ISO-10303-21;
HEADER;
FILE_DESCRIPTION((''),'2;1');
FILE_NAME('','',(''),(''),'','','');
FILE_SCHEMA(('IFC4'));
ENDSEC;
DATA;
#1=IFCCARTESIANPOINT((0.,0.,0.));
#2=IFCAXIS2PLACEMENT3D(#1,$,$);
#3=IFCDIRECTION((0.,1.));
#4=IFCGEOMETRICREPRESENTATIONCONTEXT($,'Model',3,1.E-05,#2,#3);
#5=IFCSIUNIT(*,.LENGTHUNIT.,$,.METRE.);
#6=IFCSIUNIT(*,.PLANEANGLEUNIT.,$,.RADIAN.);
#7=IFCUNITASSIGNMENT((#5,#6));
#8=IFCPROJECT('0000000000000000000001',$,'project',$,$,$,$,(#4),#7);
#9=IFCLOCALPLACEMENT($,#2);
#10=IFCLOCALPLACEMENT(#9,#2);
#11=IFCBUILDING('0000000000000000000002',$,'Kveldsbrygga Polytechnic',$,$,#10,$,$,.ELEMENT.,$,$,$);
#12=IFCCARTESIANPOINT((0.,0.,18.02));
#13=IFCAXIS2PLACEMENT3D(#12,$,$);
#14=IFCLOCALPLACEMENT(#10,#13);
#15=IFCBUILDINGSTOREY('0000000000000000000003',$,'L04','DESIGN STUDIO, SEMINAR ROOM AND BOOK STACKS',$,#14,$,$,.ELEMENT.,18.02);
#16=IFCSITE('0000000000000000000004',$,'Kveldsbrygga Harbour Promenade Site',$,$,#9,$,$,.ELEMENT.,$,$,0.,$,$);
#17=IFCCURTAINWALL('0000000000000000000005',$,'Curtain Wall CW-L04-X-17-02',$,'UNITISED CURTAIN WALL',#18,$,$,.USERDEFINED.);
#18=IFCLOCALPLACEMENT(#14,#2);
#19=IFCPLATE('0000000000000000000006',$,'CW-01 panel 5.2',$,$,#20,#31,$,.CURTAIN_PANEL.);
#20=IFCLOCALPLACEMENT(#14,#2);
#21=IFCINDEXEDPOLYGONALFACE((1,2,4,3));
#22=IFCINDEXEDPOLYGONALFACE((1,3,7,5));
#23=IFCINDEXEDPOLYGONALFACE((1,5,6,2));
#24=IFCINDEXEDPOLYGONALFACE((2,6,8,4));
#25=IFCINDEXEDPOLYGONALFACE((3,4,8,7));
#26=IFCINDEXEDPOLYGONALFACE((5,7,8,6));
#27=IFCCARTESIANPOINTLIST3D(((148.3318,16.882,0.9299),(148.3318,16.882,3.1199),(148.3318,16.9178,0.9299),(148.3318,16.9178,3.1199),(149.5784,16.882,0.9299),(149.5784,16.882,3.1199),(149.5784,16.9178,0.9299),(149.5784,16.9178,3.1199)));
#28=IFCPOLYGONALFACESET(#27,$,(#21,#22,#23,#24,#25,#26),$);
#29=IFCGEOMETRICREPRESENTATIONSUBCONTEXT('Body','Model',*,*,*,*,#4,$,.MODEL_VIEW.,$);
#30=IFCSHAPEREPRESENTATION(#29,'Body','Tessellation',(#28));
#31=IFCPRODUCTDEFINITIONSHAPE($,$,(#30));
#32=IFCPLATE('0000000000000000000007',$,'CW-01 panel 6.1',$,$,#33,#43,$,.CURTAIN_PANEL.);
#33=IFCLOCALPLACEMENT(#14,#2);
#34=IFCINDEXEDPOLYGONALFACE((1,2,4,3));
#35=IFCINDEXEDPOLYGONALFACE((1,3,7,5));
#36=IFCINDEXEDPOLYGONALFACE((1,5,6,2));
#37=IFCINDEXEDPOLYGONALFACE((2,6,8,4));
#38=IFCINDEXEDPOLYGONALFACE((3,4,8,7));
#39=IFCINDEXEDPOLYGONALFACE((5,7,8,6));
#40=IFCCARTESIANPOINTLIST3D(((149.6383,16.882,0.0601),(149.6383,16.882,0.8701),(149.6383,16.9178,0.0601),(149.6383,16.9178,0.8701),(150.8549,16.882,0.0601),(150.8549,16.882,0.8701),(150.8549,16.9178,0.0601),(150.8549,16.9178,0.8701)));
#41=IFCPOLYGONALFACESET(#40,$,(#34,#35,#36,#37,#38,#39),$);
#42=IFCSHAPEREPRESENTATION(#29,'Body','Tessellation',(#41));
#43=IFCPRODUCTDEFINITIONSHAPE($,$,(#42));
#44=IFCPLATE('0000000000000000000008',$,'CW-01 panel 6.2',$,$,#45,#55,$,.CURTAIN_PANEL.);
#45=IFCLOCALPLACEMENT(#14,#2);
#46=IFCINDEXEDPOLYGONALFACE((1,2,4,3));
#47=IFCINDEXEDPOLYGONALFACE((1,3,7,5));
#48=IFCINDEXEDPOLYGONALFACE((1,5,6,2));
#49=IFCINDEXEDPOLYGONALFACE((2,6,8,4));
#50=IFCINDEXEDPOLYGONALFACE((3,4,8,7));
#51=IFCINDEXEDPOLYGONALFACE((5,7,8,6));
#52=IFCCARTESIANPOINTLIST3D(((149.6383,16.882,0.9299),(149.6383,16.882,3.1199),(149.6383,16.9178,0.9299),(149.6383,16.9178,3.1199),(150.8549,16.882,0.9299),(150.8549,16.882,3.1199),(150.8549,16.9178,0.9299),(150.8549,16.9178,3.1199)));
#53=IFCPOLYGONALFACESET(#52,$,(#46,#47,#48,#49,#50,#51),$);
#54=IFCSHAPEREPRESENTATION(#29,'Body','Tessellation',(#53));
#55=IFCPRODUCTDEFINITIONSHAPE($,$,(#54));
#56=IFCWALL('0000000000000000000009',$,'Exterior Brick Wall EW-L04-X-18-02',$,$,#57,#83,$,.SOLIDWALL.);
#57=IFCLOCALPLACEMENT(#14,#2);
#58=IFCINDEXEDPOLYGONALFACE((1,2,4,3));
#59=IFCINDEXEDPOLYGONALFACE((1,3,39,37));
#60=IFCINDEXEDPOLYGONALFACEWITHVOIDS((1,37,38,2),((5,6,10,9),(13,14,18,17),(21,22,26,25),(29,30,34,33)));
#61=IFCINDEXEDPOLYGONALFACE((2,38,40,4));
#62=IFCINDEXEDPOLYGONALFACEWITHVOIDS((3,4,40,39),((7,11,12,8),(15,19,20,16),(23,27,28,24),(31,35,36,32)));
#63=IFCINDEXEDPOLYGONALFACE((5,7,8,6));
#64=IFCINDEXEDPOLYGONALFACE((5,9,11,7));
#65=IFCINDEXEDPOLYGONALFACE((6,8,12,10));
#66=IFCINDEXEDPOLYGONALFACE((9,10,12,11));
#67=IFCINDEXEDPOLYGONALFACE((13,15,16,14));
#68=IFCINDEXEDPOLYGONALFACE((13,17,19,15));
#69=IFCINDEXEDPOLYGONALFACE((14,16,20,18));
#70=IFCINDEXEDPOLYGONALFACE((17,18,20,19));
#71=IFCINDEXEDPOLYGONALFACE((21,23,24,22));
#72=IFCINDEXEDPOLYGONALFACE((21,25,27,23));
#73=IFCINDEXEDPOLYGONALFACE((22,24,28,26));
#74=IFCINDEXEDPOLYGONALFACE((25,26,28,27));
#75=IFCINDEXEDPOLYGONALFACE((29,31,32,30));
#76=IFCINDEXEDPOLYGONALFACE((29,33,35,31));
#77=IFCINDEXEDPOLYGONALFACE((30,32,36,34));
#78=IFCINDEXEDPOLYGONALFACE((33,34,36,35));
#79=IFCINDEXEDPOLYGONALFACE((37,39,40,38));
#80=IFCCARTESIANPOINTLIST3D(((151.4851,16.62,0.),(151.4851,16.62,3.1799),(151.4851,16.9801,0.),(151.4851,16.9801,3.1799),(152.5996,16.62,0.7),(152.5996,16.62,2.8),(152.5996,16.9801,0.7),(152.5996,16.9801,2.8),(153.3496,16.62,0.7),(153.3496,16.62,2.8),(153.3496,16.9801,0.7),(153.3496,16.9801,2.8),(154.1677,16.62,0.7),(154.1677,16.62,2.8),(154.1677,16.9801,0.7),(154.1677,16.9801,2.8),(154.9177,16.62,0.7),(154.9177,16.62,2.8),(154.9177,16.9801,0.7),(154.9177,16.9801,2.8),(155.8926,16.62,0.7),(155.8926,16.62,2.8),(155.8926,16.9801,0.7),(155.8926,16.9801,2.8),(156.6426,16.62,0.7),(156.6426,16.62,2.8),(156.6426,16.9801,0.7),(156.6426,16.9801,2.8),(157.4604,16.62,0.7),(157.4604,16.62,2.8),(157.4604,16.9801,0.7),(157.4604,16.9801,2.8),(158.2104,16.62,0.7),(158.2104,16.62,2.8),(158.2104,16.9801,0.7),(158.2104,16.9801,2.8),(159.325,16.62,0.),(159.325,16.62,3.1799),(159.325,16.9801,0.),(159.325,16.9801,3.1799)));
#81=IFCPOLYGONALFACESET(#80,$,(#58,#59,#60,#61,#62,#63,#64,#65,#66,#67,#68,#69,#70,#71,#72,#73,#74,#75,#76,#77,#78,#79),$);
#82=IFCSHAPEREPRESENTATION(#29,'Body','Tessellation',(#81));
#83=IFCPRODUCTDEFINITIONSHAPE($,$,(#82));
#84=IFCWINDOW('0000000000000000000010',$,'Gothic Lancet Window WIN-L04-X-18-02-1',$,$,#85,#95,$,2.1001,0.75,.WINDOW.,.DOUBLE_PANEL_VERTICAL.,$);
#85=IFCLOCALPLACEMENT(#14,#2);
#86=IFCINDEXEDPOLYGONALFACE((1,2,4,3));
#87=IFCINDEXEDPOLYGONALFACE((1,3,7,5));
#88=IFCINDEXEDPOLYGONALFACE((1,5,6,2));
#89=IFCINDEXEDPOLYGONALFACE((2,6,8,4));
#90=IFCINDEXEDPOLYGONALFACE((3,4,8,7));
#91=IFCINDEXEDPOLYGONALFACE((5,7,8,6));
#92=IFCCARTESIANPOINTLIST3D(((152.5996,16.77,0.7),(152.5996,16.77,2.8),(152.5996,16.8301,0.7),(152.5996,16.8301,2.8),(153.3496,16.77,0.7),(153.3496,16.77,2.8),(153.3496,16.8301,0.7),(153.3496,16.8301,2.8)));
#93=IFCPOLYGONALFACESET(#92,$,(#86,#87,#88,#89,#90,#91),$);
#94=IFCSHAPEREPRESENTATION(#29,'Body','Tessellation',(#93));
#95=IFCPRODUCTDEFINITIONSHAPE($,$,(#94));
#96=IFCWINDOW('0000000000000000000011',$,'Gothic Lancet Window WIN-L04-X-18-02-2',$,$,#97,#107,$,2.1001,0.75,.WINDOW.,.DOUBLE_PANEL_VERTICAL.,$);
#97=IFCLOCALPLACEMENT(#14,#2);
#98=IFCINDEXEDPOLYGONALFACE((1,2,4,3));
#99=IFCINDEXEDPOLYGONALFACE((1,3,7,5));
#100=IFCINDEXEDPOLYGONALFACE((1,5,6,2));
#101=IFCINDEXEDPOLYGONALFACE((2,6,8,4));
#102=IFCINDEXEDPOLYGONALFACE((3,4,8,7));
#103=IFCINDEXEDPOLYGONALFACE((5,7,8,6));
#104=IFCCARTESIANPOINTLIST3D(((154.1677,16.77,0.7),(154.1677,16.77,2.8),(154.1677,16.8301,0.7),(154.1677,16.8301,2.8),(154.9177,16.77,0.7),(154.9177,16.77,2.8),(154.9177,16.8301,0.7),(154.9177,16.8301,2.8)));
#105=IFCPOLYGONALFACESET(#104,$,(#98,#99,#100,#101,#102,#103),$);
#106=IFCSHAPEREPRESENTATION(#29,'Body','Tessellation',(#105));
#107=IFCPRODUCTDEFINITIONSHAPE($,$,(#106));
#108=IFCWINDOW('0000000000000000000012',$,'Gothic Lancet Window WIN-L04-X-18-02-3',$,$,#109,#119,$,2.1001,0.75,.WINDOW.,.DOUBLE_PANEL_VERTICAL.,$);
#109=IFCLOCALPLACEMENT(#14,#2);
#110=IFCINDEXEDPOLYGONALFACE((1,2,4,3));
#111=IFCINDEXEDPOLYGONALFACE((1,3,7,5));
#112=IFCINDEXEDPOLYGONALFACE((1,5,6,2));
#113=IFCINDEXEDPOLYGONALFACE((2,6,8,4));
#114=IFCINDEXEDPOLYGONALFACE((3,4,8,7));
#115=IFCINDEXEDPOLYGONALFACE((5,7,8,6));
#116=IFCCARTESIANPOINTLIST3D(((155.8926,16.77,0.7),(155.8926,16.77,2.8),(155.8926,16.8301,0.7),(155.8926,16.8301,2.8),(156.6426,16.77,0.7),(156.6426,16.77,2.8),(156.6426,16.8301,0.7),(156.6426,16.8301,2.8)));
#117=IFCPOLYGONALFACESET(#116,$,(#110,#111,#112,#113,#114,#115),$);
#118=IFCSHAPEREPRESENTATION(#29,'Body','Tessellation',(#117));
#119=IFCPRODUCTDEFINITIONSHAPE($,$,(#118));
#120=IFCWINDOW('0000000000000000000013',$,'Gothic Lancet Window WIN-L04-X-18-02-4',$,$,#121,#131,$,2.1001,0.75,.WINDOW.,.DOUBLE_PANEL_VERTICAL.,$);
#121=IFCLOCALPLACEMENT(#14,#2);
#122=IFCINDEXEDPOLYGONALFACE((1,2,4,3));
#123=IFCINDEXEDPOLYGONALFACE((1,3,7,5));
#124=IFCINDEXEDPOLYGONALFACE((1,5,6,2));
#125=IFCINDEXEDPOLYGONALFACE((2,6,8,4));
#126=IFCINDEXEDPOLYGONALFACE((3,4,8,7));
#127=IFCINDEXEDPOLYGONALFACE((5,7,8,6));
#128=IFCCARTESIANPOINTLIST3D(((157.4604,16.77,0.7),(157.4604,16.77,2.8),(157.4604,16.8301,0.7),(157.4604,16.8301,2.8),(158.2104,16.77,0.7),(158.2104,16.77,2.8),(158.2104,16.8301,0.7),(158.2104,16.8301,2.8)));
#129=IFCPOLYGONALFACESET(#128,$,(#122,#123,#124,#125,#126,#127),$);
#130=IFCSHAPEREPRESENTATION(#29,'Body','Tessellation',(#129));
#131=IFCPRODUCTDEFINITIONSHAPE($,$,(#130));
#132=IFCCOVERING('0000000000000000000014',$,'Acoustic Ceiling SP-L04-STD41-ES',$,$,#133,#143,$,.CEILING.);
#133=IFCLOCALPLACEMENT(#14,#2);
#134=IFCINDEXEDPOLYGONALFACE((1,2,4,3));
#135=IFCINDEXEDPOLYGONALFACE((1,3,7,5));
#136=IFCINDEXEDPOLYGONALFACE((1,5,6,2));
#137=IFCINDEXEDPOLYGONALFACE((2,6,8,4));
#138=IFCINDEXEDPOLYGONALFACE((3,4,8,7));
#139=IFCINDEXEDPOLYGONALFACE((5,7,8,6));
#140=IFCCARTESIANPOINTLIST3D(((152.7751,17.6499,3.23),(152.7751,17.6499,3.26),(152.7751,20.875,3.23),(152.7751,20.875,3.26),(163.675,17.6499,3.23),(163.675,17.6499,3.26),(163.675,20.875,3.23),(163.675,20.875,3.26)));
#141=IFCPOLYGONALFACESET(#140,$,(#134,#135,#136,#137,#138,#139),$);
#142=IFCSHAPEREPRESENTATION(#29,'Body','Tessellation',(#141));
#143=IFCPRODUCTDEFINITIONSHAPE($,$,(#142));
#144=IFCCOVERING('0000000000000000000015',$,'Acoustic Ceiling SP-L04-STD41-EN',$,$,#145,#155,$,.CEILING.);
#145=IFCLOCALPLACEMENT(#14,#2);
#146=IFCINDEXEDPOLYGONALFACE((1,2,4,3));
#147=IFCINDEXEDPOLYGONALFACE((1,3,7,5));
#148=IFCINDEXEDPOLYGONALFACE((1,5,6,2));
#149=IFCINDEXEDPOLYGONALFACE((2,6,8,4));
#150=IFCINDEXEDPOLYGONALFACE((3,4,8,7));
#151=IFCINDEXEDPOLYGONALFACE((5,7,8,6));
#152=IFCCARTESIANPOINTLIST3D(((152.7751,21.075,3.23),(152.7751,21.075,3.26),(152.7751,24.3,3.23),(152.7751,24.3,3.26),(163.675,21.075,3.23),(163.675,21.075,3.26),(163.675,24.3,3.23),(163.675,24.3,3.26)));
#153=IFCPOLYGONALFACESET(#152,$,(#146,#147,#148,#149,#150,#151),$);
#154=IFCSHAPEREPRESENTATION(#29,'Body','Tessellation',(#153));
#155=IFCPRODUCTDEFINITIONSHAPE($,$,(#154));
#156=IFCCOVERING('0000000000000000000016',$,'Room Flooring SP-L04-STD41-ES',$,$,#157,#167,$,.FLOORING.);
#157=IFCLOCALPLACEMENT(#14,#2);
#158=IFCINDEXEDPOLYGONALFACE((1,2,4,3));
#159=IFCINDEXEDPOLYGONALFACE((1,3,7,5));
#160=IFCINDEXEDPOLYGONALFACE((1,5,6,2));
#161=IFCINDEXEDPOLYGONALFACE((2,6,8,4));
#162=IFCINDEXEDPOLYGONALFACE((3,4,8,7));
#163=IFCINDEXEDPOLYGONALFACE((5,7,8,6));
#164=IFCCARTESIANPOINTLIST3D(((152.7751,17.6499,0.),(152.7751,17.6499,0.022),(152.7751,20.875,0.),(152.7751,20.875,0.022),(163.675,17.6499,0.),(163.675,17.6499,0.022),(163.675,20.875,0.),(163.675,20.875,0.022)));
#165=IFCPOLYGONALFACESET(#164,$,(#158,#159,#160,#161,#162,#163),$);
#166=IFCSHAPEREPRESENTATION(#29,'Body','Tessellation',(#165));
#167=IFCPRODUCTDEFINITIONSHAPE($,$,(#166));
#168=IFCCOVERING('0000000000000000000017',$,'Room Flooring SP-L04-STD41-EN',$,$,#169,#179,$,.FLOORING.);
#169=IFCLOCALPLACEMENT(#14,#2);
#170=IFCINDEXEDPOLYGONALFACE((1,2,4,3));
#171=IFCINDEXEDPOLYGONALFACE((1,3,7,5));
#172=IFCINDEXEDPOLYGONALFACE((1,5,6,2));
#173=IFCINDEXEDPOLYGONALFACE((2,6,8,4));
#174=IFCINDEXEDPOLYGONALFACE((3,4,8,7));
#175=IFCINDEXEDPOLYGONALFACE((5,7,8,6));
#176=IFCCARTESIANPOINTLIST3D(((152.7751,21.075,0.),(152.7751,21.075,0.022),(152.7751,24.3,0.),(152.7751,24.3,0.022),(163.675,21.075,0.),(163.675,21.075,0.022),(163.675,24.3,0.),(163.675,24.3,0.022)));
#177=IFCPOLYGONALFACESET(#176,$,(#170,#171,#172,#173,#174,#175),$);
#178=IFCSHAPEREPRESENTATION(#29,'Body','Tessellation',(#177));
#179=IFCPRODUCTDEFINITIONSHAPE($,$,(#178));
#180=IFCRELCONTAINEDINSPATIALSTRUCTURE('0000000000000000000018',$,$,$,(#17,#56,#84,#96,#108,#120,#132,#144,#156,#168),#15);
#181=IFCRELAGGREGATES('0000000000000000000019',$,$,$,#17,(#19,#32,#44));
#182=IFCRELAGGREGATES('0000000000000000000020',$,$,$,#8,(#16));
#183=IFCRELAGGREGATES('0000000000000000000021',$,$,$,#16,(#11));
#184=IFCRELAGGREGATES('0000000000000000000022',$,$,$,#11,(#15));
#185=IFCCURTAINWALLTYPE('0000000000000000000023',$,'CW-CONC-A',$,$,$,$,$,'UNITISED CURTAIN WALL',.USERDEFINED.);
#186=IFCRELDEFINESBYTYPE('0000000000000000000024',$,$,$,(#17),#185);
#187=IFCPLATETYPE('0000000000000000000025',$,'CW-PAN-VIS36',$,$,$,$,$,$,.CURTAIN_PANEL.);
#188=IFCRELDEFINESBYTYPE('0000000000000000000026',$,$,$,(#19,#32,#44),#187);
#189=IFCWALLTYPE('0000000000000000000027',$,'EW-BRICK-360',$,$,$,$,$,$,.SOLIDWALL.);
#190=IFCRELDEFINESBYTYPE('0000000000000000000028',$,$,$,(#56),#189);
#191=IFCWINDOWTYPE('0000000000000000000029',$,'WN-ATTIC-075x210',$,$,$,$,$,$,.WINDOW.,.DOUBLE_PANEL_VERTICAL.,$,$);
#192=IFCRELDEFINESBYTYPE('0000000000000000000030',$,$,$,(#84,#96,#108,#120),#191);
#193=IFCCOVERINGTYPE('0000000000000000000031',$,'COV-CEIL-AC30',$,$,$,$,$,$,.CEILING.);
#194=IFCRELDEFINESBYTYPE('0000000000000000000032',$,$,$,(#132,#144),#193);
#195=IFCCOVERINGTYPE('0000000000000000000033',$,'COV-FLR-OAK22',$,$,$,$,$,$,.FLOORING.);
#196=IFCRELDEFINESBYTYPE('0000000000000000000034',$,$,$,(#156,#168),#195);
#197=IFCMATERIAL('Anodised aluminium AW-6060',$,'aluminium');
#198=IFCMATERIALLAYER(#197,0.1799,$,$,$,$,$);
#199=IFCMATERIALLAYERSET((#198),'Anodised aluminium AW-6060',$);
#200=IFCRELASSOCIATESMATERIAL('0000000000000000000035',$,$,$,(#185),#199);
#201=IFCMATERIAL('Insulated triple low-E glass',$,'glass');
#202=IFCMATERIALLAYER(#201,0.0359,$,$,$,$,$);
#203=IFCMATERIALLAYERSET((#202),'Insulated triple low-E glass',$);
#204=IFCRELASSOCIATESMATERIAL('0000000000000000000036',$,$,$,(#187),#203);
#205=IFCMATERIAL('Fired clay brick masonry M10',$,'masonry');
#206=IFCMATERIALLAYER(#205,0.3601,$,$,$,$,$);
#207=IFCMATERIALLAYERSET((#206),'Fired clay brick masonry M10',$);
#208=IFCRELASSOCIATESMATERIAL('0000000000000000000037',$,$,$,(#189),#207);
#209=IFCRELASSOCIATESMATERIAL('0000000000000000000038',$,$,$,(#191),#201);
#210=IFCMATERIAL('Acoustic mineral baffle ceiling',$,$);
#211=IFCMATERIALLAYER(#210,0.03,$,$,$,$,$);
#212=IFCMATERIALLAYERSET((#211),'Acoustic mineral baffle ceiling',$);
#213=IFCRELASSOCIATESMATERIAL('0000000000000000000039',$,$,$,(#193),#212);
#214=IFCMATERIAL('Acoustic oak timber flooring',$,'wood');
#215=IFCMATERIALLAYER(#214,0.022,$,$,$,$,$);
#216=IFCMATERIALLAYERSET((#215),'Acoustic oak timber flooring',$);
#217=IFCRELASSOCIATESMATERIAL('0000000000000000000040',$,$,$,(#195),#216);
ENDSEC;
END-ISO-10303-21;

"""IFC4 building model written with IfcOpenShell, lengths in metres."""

from ifc_helpers import new_model, si_unit, direction, frame, frame_2d, origin, origin_2d, place, context, subcontext, project, spatial, rectangle, extrude, material, layer, layer_set, type_object, element, fill, aggregate, save


model = new_model("IFC4")

# Units and contexts
model_context = context("Model", 3, precision=1e-05, world=origin(), true_north=direction((0.0, 1.0)))
body_context = subcontext(model_context, "Body", "Model", "MODEL_VIEW")
ifc_project = project(units=[si_unit("LENGTHUNIT", "METRE"), si_unit("PLANEANGLEUNIT", "RADIAN")], contexts=[model_context])

# Site, building, storey
site_placement = place(None, origin())
site = spatial("IfcSite", under=ifc_project, at=site_placement, Name="Kveldsbrygga Harbour Promenade Site", CompositionType="ELEMENT", RefElevation=0.0)
building_placement = place(site_placement, origin())
building = spatial("IfcBuilding", under=site, at=building_placement, Name="Kveldsbrygga Polytechnic", CompositionType="ELEMENT")
storey_placement = place(building_placement, frame((0.0, 0.0, 18.02)))
storey = spatial("IfcBuildingStorey", under=building, at=storey_placement, Name="L04", Description="DESIGN STUDIO, SEMINAR ROOM AND BOOK STACKS", CompositionType="ELEMENT", Elevation=18.02)

# Curtain wall
ifc_material_1 = material(Name="Anodised aluminium AW-6060", Category="aluminium")
ifc_layer_1 = layer(ifc_material_1, 0.1799)
ifc_layer_set_1 = layer_set([ifc_layer_1], Name="Anodised aluminium AW-6060")
curtain_wall_type = type_object("IfcCurtainWallType", Name="CW-CONC-A", ElementType="UNITISED CURTAIN WALL", PredefinedType="USERDEFINED", material=ifc_layer_set_1)
curtain_wall_placement = place(storey_placement, origin())
curtain_wall = element("IfcCurtainWall", 1, at=curtain_wall_placement, inside=storey, type_object=curtain_wall_type, Name="Curtain Wall CW-L04-X-17-02", ObjectType="UNITISED CURTAIN WALL", PredefinedType="USERDEFINED")

# Plates
ifc_material_2 = material(Name="Insulated triple low-E glass", Category="glass")
ifc_layer_2 = layer(ifc_material_2, 0.0359)
ifc_layer_set_2 = layer_set([ifc_layer_2], Name="Insulated triple low-E glass")
plate_type = type_object("IfcPlateType", Name="CW-PAN-VIS36", PredefinedType="CURTAIN_PANEL", material=ifc_layer_set_2)
plate_1_placement = place(storey_placement, frame((148.9551, 16.8999, 0.9299), z_axis=(0.0, 0.0, 1.0), x_axis=(1.0, 0.0, 0.0)))
plate_1 = element("IfcPlate", 2, at=plate_1_placement, type_object=plate_type, Name="CW-01 panel 5.2", PredefinedType="CURTAIN_PANEL", context=body_context, shape_type="SweptSolid", body=[
    extrude(rectangle(XDim=1.2466, YDim=0.0359, at=origin_2d()), origin(), (0.0, 0.0, 1.0), 2.1899),
])
plate_2_placement = place(storey_placement, frame((150.2466, 16.8999, 0.0601), z_axis=(0.0, 0.0, 1.0), x_axis=(1.0, 0.0, 0.0)))
plate_2 = element("IfcPlate", 3, at=plate_2_placement, type_object=plate_type, Name="CW-01 panel 6.1", PredefinedType="CURTAIN_PANEL", context=body_context, shape_type="SweptSolid", body=[
    extrude(rectangle(XDim=1.2166, YDim=0.0359, at=origin_2d()), origin(), (0.0, 0.0, 1.0), 0.8101),
])
plate_3_placement = place(storey_placement, frame((150.2466, 16.8999, 0.9299), z_axis=(0.0, 0.0, 1.0), x_axis=(1.0, 0.0, 0.0)))
plate_3 = element("IfcPlate", 4, at=plate_3_placement, type_object=plate_type, Name="CW-01 panel 6.2", PredefinedType="CURTAIN_PANEL", context=body_context, shape_type="SweptSolid", body=[
    extrude(rectangle(XDim=1.2166, YDim=0.0359, at=origin_2d()), origin(), (0.0, 0.0, 1.0), 2.1899),
])
aggregate(curtain_wall, [plate_1, plate_2, plate_3])

# Wall, openings, windows
ifc_material_3 = material(Name="Fired clay brick masonry M10", Category="masonry")
ifc_layer_3 = layer(ifc_material_3, 0.3601)
ifc_layer_set_3 = layer_set([ifc_layer_3], Name="Fired clay brick masonry M10")
wall_type = type_object("IfcWallType", Name="EW-BRICK-360", PredefinedType="SOLIDWALL", material=ifc_layer_set_3)
wall_placement = place(storey_placement, frame((151.4851, 16.8, 0.0), z_axis=(0.0, 0.0, 1.0), x_axis=(1.0, 0.0, 0.0)))
wall = element("IfcWall", 5, at=wall_placement, inside=storey, type_object=wall_type, Name="Exterior Brick Wall EW-L04-X-18-02", PredefinedType="SOLIDWALL", context=body_context, shape_type="SweptSolid", body=[
    extrude(rectangle(XDim=7.8398, YDim=0.3601, at=frame_2d((3.9199, 0.0))), origin(), (0.0, 0.0, 1.0), 3.1799),
])
opening_1_placement = place(wall_placement, frame((1.1145, 0.0, 0.7)))
opening_1 = element("IfcOpeningElement", 6, at=opening_1_placement, cuts=wall, PredefinedType="OPENING", context=body_context, shape_type="SweptSolid", body=[
    extrude(rectangle(XDim=0.75, YDim=2.1001, at=frame_2d((0.375, 1.05))), frame((0.0, 0.1899, 0.0), z_axis=(0.0, -1.0, 0.0), x_axis=(1.0, 0.0, 0.0)), (0.0, 0.0, 1.0), 0.3801),
])
opening_2_placement = place(wall_placement, frame((2.6826, 0.0, 0.7)))
opening_2 = element("IfcOpeningElement", 7, at=opening_2_placement, cuts=wall, PredefinedType="OPENING", context=body_context, shape_type="SweptSolid", body=[
    extrude(rectangle(XDim=0.75, YDim=2.1001, at=frame_2d((0.375, 1.05))), frame((0.0, 0.1899, 0.0), z_axis=(0.0, -1.0, 0.0), x_axis=(1.0, 0.0, 0.0)), (0.0, 0.0, 1.0), 0.3801),
])
opening_3_placement = place(wall_placement, frame((4.4075, 0.0, 0.7)))
opening_3 = element("IfcOpeningElement", 8, at=opening_3_placement, cuts=wall, PredefinedType="OPENING", context=body_context, shape_type="SweptSolid", body=[
    extrude(rectangle(XDim=0.75, YDim=2.1001, at=frame_2d((0.375, 1.05))), frame((0.0, 0.1899, 0.0), z_axis=(0.0, -1.0, 0.0), x_axis=(1.0, 0.0, 0.0)), (0.0, 0.0, 1.0), 0.3801),
])
opening_4_placement = place(wall_placement, frame((5.9753, 0.0, 0.7)))
opening_4 = element("IfcOpeningElement", 9, at=opening_4_placement, cuts=wall, PredefinedType="OPENING", context=body_context, shape_type="SweptSolid", body=[
    extrude(rectangle(XDim=0.75, YDim=2.1001, at=frame_2d((0.375, 1.05))), frame((0.0, 0.1899, 0.0), z_axis=(0.0, -1.0, 0.0), x_axis=(1.0, 0.0, 0.0)), (0.0, 0.0, 1.0), 0.3801),
])
window_type = type_object("IfcWindowType", Name="WN-ATTIC-075x210", PartitioningType="DOUBLE_PANEL_VERTICAL", PredefinedType="WINDOW", material=ifc_material_2)
window_1_placement = place(opening_1_placement, origin())
window_1 = element("IfcWindow", 10, at=window_1_placement, inside=storey, type_object=window_type, Name="Gothic Lancet Window WIN-L04-X-18-02-1", OverallHeight=2.1001, OverallWidth=0.75, PartitioningType="DOUBLE_PANEL_VERTICAL", PredefinedType="WINDOW", context=body_context, shape_type="SweptSolid", body=[
    extrude(rectangle(XDim=0.75, YDim=2.1001, at=frame_2d((0.375, 1.05))), frame((0.0, 0.03, 0.0), z_axis=(0.0, -1.0, 0.0), x_axis=(1.0, 0.0, 0.0)), (0.0, 0.0, 1.0), 0.0601),
])
fill(opening_1, window_1)
window_2_placement = place(opening_2_placement, origin())
window_2 = element("IfcWindow", 11, at=window_2_placement, inside=storey, type_object=window_type, Name="Gothic Lancet Window WIN-L04-X-18-02-2", OverallHeight=2.1001, OverallWidth=0.75, PartitioningType="DOUBLE_PANEL_VERTICAL", PredefinedType="WINDOW", context=body_context, shape_type="SweptSolid", body=[
    extrude(rectangle(XDim=0.75, YDim=2.1001, at=frame_2d((0.375, 1.05))), frame((0.0, 0.03, 0.0), z_axis=(0.0, -1.0, 0.0), x_axis=(1.0, 0.0, 0.0)), (0.0, 0.0, 1.0), 0.0601),
])
fill(opening_2, window_2)
window_3_placement = place(opening_3_placement, origin())
window_3 = element("IfcWindow", 12, at=window_3_placement, inside=storey, type_object=window_type, Name="Gothic Lancet Window WIN-L04-X-18-02-3", OverallHeight=2.1001, OverallWidth=0.75, PartitioningType="DOUBLE_PANEL_VERTICAL", PredefinedType="WINDOW", context=body_context, shape_type="SweptSolid", body=[
    extrude(rectangle(XDim=0.75, YDim=2.1001, at=frame_2d((0.375, 1.05))), frame((0.0, 0.03, 0.0), z_axis=(0.0, -1.0, 0.0), x_axis=(1.0, 0.0, 0.0)), (0.0, 0.0, 1.0), 0.0601),
])
fill(opening_3, window_3)
window_4_placement = place(opening_4_placement, origin())
window_4 = element("IfcWindow", 13, at=window_4_placement, inside=storey, type_object=window_type, Name="Gothic Lancet Window WIN-L04-X-18-02-4", OverallHeight=2.1001, OverallWidth=0.75, PartitioningType="DOUBLE_PANEL_VERTICAL", PredefinedType="WINDOW", context=body_context, shape_type="SweptSolid", body=[
    extrude(rectangle(XDim=0.75, YDim=2.1001, at=frame_2d((0.375, 1.05))), frame((0.0, 0.03, 0.0), z_axis=(0.0, -1.0, 0.0), x_axis=(1.0, 0.0, 0.0)), (0.0, 0.0, 1.0), 0.0601),
])
fill(opening_4, window_4)

# Coverings
ifc_material_4 = material(Name="Acoustic mineral baffle ceiling")
ifc_layer_4 = layer(ifc_material_4, 0.03)
ifc_layer_set_4 = layer_set([ifc_layer_4], Name="Acoustic mineral baffle ceiling")
covering_type_1 = type_object("IfcCoveringType", Name="COV-CEIL-AC30", PredefinedType="CEILING", material=ifc_layer_set_4)
for number, where, z_axis, x_axis, name in (
    (14, (158.2251, 19.2625, 3.23), (0.0, 0.0, 1.0), (1.0, 0.0, 0.0), "Acoustic Ceiling SP-L04-STD41-ES"),
    (15, (158.2251, 22.6875, 3.23), (0.0, 0.0, 1.0), (1.0, 0.0, 0.0), "Acoustic Ceiling SP-L04-STD41-EN"),
):
    element("IfcCovering", number, at=place(storey_placement, frame(where, z_axis=z_axis, x_axis=x_axis)), inside=storey, type_object=covering_type_1, Name=name, PredefinedType="CEILING", context=body_context, shape_type="SweptSolid", body=[
        extrude(rectangle(XDim=10.8999, YDim=3.2251, at=origin_2d()), origin(), (0.0, 0.0, 1.0), 0.03),
    ])
ifc_material_5 = material(Name="Acoustic oak timber flooring", Category="wood")
ifc_layer_5 = layer(ifc_material_5, 0.022)
ifc_layer_set_5 = layer_set([ifc_layer_5], Name="Acoustic oak timber flooring")
covering_type_2 = type_object("IfcCoveringType", Name="COV-FLR-OAK22", PredefinedType="FLOORING", material=ifc_layer_set_5)
for number, where, z_axis, x_axis, name in (
    (16, (158.2251, 19.2625, 0.0), (0.0, 0.0, 1.0), (1.0, 0.0, 0.0), "Room Flooring SP-L04-STD41-ES"),
    (17, (158.2251, 22.6875, 0.0), (0.0, 0.0, 1.0), (1.0, 0.0, 0.0), "Room Flooring SP-L04-STD41-EN"),
):
    element("IfcCovering", number, at=place(storey_placement, frame(where, z_axis=z_axis, x_axis=x_axis)), inside=storey, type_object=covering_type_2, Name=name, PredefinedType="FLOORING", context=body_context, shape_type="SweptSolid", body=[
        extrude(rectangle(XDim=10.8999, YDim=3.2251, at=origin_2d()), origin(), (0.0, 0.0, 1.0), 0.022),
    ])

save(model, "model.ifc")
